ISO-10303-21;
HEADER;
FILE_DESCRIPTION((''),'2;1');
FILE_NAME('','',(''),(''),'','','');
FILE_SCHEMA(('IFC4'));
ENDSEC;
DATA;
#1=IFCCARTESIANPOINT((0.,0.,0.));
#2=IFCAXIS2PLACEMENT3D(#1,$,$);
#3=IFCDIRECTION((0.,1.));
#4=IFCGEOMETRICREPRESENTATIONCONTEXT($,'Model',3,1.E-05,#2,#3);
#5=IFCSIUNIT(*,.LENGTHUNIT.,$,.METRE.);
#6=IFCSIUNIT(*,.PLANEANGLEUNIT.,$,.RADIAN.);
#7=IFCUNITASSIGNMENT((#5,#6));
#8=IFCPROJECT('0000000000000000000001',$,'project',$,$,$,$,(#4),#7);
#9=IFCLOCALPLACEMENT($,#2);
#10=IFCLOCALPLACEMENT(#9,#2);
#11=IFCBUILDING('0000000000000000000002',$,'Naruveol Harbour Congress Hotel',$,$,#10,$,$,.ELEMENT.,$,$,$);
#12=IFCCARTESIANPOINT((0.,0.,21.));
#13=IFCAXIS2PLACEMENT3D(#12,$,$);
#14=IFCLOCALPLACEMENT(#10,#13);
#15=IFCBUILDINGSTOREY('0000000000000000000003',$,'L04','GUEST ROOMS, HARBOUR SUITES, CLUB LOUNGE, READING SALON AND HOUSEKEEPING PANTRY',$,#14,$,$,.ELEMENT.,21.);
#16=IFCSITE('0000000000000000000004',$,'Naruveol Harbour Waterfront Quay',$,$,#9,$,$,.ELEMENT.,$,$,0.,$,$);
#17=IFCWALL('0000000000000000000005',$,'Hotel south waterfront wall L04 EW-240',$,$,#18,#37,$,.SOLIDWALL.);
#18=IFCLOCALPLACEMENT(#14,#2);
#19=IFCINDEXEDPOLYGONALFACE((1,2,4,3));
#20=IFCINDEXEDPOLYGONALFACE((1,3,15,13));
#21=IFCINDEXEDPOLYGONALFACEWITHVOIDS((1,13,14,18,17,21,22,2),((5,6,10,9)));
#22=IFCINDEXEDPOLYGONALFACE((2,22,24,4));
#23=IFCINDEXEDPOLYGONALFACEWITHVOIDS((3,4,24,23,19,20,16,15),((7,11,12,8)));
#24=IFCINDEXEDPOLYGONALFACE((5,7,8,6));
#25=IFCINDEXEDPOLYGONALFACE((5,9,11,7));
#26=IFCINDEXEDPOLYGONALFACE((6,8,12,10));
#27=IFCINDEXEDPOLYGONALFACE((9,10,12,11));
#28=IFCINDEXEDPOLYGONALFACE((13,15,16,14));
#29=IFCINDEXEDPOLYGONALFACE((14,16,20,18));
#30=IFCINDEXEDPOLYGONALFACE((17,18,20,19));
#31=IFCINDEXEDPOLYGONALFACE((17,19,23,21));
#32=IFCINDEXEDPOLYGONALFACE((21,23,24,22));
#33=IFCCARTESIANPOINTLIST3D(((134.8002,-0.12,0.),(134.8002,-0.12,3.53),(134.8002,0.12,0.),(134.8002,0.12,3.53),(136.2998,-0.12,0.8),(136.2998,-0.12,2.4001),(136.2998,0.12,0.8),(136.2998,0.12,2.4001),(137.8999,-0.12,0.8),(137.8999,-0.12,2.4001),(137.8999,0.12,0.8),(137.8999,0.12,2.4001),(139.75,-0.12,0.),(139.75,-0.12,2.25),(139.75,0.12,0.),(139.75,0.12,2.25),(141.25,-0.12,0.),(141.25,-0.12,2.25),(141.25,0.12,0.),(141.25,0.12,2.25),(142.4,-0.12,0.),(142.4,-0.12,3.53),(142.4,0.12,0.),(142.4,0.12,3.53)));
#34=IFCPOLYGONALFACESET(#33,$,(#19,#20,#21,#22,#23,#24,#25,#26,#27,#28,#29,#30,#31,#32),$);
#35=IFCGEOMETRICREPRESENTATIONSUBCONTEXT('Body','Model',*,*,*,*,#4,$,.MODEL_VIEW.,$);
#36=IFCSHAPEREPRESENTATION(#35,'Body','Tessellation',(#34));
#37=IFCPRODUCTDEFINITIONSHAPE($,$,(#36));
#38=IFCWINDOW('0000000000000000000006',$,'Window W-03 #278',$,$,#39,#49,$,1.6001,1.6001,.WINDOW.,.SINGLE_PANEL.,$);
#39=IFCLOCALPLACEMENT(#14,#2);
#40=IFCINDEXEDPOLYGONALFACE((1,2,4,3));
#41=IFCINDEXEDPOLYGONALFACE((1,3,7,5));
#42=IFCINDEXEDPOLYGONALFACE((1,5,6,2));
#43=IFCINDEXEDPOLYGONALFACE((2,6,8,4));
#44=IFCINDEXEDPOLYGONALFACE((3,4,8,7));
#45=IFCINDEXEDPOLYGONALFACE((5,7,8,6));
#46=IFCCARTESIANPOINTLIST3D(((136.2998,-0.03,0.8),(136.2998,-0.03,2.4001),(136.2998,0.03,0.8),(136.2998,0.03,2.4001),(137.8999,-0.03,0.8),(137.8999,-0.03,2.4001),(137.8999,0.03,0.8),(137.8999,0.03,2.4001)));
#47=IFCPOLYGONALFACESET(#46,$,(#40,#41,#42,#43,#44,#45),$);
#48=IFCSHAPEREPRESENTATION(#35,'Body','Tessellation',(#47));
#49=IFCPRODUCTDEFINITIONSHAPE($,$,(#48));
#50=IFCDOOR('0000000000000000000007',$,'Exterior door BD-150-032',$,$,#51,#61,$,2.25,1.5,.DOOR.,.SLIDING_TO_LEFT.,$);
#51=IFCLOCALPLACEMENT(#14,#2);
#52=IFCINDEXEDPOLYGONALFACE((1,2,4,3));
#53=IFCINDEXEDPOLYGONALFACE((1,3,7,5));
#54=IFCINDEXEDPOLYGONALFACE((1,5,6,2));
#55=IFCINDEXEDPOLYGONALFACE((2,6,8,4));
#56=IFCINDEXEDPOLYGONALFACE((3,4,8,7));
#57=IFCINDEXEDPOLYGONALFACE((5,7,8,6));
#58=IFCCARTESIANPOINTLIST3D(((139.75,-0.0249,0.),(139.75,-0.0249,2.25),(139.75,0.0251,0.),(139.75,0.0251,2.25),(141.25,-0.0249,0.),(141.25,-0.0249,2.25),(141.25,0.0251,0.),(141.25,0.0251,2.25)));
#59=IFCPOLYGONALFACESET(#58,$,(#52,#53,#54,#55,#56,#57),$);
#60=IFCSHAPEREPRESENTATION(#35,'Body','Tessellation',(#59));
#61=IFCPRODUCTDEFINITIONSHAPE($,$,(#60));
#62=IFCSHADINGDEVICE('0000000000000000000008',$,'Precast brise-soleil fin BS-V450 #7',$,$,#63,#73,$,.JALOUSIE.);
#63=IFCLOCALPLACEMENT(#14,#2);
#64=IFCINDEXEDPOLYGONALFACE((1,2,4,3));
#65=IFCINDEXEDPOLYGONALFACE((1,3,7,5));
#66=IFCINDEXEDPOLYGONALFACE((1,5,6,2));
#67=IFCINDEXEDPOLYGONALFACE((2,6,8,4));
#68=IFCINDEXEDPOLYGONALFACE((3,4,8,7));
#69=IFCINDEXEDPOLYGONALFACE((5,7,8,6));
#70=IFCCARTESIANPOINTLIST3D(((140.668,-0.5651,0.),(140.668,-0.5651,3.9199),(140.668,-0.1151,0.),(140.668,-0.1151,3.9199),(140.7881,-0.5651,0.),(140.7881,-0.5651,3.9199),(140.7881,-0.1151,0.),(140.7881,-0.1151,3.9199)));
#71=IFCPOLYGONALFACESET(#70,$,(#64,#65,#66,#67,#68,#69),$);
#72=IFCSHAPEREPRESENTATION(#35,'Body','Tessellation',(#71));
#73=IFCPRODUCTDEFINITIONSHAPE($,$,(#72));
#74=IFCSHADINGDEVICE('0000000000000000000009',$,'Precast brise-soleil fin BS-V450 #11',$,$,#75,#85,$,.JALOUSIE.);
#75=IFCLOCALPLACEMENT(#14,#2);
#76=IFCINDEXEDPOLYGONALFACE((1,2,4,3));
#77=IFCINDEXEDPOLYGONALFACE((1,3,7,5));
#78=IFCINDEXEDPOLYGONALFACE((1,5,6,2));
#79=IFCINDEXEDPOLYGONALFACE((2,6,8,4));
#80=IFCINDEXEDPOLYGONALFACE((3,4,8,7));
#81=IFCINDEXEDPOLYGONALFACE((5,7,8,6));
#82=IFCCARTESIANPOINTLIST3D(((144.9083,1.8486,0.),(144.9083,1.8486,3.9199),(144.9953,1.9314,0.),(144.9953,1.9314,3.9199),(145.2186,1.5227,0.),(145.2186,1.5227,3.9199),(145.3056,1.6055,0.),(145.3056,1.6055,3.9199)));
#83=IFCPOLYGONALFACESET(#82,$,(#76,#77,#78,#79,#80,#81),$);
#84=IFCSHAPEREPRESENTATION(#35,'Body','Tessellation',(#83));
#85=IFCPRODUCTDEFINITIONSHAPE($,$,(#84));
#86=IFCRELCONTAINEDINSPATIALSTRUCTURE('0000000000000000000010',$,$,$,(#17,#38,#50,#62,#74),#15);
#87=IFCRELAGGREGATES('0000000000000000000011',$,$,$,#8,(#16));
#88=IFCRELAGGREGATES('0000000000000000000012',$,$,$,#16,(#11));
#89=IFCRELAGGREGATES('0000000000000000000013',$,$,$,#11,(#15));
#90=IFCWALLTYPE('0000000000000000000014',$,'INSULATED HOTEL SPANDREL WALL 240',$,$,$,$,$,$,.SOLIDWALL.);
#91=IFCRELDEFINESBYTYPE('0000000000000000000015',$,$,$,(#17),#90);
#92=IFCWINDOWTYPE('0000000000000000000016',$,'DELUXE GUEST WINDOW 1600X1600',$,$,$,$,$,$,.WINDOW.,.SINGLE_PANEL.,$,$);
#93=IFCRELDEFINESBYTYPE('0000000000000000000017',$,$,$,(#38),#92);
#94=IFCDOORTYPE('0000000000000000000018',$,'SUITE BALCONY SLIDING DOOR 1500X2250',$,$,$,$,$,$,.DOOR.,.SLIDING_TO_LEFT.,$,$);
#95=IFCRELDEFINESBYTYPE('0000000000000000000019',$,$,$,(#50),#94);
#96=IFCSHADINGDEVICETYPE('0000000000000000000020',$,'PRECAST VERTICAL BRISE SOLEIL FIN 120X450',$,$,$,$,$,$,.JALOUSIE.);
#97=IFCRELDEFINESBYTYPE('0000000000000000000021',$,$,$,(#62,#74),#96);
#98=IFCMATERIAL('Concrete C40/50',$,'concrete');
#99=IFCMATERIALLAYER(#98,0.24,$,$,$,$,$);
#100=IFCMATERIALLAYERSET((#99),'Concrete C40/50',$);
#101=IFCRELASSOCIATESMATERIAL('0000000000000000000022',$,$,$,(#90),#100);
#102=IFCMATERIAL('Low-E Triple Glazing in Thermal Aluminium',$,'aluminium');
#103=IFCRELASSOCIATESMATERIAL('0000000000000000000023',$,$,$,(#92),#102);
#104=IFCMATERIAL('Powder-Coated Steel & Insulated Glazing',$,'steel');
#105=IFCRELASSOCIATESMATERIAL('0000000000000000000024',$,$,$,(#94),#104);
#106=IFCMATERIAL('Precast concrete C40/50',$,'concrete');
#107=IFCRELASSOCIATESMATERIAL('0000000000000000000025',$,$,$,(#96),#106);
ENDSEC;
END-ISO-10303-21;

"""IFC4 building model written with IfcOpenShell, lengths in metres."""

from ifc_helpers import new_model, si_unit, direction, frame, frame_2d, origin, origin_2d, place, context, subcontext, project, spatial, rectangle, extrude, material, layer, layer_set, type_object, element, fill, save


model = new_model("IFC4")

# Units and contexts
model_context = context("Model", 3, precision=1e-05, world=origin(), true_north=direction((0.0, 1.0)))
body_context = subcontext(model_context, "Body", "Model", "MODEL_VIEW")
ifc_project = project(units=[si_unit("LENGTHUNIT", "METRE"), si_unit("PLANEANGLEUNIT", "RADIAN")], contexts=[model_context])

# Site, building, storey
site_placement = place(None, origin())
site = spatial("IfcSite", under=ifc_project, at=site_placement, Name="Naruveol Harbour Waterfront Quay", CompositionType="ELEMENT", RefElevation=0.0)
building_placement = place(site_placement, origin())
building = spatial("IfcBuilding", under=site, at=building_placement, Name="Naruveol Harbour Congress Hotel", CompositionType="ELEMENT")
storey_placement = place(building_placement, frame((0.0, 0.0, 21.0)))
storey = spatial("IfcBuildingStorey", under=building, at=storey_placement, Name="L04", Description="GUEST ROOMS, HARBOUR SUITES, CLUB LOUNGE, READING SALON AND HOUSEKEEPING PANTRY", CompositionType="ELEMENT", Elevation=21.0)

# Wall, openings, window, door
ifc_material_1 = material(Name="Concrete C40/50", Category="concrete")
ifc_layer_1 = layer(ifc_material_1, 0.24)
ifc_layer_set_1 = layer_set([ifc_layer_1], Name="Concrete C40/50")
wall_type_1 = type_object("IfcWallType", Name="INSULATED HOTEL SPANDREL WALL 240", PredefinedType="SOLIDWALL", material=ifc_layer_set_1)
wall_1_placement = place(storey_placement, frame((142.3999, 0.0, 0.0), z_axis=(0.0, 0.0, 1.0), x_axis=(-1.0, 0.0, 0.0)))
wall_1 = element("IfcWall", 1, at=wall_1_placement, inside=storey, type_object=wall_type_1, Name="Hotel south waterfront wall L04 EW-240", PredefinedType="SOLIDWALL", context=body_context, shape_type="SweptSolid", body=[
    extrude(rectangle(XDim=7.5999, YDim=0.24, at=frame_2d((3.7998, 0.0))), origin(), (0.0, 0.0, 1.0), 3.53),
])
opening_1_placement = place(wall_1_placement, frame((1.1499, 0.0, 0.0)))
opening_1 = element("IfcOpeningElement", 2, at=opening_1_placement, cuts=wall_1, PredefinedType="OPENING", context=body_context, shape_type="SweptSolid", body=[
    extrude(rectangle(XDim=1.5, YDim=2.25, at=frame_2d((0.75, 1.125))), frame((0.0, 0.1299, 0.0), z_axis=(0.0, -1.0, 0.0), x_axis=(1.0, 0.0, 0.0)), (0.0, 0.0, 1.0), 0.26),
])
opening_2_placement = place(wall_1_placement, frame((4.5, 0.0, 0.8)))
opening_2 = element("IfcOpeningElement", 3, at=opening_2_placement, cuts=wall_1, PredefinedType="OPENING", context=body_context, shape_type="SweptSolid", body=[
    extrude(rectangle(XDim=1.6001, YDim=1.6001, at=frame_2d((0.8, 0.8))), frame((0.0, 0.1299, 0.0), z_axis=(0.0, -1.0, 0.0), x_axis=(1.0, 0.0, 0.0)), (0.0, 0.0, 1.0), 0.26),
])
ifc_material_2 = material(Name="Low-E Triple Glazing in Thermal Aluminium", Category="aluminium")
window_type = type_object("IfcWindowType", Name="DELUXE GUEST WINDOW 1600X1600", PartitioningType="SINGLE_PANEL", PredefinedType="WINDOW", material=ifc_material_2)
window_placement = place(opening_2_placement, origin())
window = element("IfcWindow", 4, at=window_placement, inside=storey, type_object=window_type, Name="Window W-03 #278", OverallHeight=1.6001, OverallWidth=1.6001, PartitioningType="SINGLE_PANEL", PredefinedType="WINDOW", context=body_context, shape_type="SweptSolid", body=[
    extrude(rectangle(XDim=1.6001, YDim=1.6001, at=frame_2d((0.8, 0.8))), frame((0.0, 0.03, 0.0), z_axis=(0.0, -1.0, 0.0), x_axis=(1.0, 0.0, 0.0)), (0.0, 0.0, 1.0), 0.0601),
])
fill(opening_2, window)
ifc_material_3 = material(Name="Powder-Coated Steel & Insulated Glazing", Category="steel")
door_type_1 = type_object("IfcDoorType", Name="SUITE BALCONY SLIDING DOOR 1500X2250", OperationType="SLIDING_TO_LEFT", PredefinedType="DOOR", material=ifc_material_3)
door_1_placement = place(opening_1_placement, origin())
door_1 = element("IfcDoor", 5, at=door_1_placement, inside=storey, type_object=door_type_1, Name="Exterior door BD-150-032", OperationType="SLIDING_TO_LEFT", OverallHeight=2.25, OverallWidth=1.5, PredefinedType="DOOR", context=body_context, shape_type="SweptSolid", body=[
    extrude(rectangle(XDim=1.5, YDim=2.25, at=frame_2d((0.75, 1.125))), frame((0.0, 0.0249, 0.0), z_axis=(0.0, -1.0, 0.0), x_axis=(1.0, 0.0, 0.0)), (0.0, 0.0, 1.0), 0.05),
])
fill(opening_1, door_1)

# Shading devices
ifc_material_4 = material(Name="Precast concrete C40/50", Category="concrete")
shading_device_type = type_object("IfcShadingDeviceType", Name="PRECAST VERTICAL BRISE SOLEIL FIN 120X450", PredefinedType="JALOUSIE", material=ifc_material_4)
for number, where, z_axis, x_axis, name in (
    (6, (140.728, -0.3401, 0.0), (0.0, 0.0, 1.0), (-1.0, 0.0, 0.0), "Precast brise-soleil fin BS-V450 #7"),
    (7, (145.1069, 1.7271, 0.0), (0.0, 0.0, 1.0), (-0.724172, -0.68962, 0.0), "Precast brise-soleil fin BS-V450 #11"),
):
    element("IfcShadingDevice", number, at=place(storey_placement, frame(where, z_axis=z_axis, x_axis=x_axis)), inside=storey, type_object=shading_device_type, Name=name, PredefinedType="JALOUSIE", context=body_context, shape_type="SweptSolid", body=[
        extrude(rectangle(XDim=0.1201, YDim=0.45, at=origin_2d()), origin(), (0.0, 0.0, 1.0), 3.9199),
    ])

save(model, "model.ifc")
